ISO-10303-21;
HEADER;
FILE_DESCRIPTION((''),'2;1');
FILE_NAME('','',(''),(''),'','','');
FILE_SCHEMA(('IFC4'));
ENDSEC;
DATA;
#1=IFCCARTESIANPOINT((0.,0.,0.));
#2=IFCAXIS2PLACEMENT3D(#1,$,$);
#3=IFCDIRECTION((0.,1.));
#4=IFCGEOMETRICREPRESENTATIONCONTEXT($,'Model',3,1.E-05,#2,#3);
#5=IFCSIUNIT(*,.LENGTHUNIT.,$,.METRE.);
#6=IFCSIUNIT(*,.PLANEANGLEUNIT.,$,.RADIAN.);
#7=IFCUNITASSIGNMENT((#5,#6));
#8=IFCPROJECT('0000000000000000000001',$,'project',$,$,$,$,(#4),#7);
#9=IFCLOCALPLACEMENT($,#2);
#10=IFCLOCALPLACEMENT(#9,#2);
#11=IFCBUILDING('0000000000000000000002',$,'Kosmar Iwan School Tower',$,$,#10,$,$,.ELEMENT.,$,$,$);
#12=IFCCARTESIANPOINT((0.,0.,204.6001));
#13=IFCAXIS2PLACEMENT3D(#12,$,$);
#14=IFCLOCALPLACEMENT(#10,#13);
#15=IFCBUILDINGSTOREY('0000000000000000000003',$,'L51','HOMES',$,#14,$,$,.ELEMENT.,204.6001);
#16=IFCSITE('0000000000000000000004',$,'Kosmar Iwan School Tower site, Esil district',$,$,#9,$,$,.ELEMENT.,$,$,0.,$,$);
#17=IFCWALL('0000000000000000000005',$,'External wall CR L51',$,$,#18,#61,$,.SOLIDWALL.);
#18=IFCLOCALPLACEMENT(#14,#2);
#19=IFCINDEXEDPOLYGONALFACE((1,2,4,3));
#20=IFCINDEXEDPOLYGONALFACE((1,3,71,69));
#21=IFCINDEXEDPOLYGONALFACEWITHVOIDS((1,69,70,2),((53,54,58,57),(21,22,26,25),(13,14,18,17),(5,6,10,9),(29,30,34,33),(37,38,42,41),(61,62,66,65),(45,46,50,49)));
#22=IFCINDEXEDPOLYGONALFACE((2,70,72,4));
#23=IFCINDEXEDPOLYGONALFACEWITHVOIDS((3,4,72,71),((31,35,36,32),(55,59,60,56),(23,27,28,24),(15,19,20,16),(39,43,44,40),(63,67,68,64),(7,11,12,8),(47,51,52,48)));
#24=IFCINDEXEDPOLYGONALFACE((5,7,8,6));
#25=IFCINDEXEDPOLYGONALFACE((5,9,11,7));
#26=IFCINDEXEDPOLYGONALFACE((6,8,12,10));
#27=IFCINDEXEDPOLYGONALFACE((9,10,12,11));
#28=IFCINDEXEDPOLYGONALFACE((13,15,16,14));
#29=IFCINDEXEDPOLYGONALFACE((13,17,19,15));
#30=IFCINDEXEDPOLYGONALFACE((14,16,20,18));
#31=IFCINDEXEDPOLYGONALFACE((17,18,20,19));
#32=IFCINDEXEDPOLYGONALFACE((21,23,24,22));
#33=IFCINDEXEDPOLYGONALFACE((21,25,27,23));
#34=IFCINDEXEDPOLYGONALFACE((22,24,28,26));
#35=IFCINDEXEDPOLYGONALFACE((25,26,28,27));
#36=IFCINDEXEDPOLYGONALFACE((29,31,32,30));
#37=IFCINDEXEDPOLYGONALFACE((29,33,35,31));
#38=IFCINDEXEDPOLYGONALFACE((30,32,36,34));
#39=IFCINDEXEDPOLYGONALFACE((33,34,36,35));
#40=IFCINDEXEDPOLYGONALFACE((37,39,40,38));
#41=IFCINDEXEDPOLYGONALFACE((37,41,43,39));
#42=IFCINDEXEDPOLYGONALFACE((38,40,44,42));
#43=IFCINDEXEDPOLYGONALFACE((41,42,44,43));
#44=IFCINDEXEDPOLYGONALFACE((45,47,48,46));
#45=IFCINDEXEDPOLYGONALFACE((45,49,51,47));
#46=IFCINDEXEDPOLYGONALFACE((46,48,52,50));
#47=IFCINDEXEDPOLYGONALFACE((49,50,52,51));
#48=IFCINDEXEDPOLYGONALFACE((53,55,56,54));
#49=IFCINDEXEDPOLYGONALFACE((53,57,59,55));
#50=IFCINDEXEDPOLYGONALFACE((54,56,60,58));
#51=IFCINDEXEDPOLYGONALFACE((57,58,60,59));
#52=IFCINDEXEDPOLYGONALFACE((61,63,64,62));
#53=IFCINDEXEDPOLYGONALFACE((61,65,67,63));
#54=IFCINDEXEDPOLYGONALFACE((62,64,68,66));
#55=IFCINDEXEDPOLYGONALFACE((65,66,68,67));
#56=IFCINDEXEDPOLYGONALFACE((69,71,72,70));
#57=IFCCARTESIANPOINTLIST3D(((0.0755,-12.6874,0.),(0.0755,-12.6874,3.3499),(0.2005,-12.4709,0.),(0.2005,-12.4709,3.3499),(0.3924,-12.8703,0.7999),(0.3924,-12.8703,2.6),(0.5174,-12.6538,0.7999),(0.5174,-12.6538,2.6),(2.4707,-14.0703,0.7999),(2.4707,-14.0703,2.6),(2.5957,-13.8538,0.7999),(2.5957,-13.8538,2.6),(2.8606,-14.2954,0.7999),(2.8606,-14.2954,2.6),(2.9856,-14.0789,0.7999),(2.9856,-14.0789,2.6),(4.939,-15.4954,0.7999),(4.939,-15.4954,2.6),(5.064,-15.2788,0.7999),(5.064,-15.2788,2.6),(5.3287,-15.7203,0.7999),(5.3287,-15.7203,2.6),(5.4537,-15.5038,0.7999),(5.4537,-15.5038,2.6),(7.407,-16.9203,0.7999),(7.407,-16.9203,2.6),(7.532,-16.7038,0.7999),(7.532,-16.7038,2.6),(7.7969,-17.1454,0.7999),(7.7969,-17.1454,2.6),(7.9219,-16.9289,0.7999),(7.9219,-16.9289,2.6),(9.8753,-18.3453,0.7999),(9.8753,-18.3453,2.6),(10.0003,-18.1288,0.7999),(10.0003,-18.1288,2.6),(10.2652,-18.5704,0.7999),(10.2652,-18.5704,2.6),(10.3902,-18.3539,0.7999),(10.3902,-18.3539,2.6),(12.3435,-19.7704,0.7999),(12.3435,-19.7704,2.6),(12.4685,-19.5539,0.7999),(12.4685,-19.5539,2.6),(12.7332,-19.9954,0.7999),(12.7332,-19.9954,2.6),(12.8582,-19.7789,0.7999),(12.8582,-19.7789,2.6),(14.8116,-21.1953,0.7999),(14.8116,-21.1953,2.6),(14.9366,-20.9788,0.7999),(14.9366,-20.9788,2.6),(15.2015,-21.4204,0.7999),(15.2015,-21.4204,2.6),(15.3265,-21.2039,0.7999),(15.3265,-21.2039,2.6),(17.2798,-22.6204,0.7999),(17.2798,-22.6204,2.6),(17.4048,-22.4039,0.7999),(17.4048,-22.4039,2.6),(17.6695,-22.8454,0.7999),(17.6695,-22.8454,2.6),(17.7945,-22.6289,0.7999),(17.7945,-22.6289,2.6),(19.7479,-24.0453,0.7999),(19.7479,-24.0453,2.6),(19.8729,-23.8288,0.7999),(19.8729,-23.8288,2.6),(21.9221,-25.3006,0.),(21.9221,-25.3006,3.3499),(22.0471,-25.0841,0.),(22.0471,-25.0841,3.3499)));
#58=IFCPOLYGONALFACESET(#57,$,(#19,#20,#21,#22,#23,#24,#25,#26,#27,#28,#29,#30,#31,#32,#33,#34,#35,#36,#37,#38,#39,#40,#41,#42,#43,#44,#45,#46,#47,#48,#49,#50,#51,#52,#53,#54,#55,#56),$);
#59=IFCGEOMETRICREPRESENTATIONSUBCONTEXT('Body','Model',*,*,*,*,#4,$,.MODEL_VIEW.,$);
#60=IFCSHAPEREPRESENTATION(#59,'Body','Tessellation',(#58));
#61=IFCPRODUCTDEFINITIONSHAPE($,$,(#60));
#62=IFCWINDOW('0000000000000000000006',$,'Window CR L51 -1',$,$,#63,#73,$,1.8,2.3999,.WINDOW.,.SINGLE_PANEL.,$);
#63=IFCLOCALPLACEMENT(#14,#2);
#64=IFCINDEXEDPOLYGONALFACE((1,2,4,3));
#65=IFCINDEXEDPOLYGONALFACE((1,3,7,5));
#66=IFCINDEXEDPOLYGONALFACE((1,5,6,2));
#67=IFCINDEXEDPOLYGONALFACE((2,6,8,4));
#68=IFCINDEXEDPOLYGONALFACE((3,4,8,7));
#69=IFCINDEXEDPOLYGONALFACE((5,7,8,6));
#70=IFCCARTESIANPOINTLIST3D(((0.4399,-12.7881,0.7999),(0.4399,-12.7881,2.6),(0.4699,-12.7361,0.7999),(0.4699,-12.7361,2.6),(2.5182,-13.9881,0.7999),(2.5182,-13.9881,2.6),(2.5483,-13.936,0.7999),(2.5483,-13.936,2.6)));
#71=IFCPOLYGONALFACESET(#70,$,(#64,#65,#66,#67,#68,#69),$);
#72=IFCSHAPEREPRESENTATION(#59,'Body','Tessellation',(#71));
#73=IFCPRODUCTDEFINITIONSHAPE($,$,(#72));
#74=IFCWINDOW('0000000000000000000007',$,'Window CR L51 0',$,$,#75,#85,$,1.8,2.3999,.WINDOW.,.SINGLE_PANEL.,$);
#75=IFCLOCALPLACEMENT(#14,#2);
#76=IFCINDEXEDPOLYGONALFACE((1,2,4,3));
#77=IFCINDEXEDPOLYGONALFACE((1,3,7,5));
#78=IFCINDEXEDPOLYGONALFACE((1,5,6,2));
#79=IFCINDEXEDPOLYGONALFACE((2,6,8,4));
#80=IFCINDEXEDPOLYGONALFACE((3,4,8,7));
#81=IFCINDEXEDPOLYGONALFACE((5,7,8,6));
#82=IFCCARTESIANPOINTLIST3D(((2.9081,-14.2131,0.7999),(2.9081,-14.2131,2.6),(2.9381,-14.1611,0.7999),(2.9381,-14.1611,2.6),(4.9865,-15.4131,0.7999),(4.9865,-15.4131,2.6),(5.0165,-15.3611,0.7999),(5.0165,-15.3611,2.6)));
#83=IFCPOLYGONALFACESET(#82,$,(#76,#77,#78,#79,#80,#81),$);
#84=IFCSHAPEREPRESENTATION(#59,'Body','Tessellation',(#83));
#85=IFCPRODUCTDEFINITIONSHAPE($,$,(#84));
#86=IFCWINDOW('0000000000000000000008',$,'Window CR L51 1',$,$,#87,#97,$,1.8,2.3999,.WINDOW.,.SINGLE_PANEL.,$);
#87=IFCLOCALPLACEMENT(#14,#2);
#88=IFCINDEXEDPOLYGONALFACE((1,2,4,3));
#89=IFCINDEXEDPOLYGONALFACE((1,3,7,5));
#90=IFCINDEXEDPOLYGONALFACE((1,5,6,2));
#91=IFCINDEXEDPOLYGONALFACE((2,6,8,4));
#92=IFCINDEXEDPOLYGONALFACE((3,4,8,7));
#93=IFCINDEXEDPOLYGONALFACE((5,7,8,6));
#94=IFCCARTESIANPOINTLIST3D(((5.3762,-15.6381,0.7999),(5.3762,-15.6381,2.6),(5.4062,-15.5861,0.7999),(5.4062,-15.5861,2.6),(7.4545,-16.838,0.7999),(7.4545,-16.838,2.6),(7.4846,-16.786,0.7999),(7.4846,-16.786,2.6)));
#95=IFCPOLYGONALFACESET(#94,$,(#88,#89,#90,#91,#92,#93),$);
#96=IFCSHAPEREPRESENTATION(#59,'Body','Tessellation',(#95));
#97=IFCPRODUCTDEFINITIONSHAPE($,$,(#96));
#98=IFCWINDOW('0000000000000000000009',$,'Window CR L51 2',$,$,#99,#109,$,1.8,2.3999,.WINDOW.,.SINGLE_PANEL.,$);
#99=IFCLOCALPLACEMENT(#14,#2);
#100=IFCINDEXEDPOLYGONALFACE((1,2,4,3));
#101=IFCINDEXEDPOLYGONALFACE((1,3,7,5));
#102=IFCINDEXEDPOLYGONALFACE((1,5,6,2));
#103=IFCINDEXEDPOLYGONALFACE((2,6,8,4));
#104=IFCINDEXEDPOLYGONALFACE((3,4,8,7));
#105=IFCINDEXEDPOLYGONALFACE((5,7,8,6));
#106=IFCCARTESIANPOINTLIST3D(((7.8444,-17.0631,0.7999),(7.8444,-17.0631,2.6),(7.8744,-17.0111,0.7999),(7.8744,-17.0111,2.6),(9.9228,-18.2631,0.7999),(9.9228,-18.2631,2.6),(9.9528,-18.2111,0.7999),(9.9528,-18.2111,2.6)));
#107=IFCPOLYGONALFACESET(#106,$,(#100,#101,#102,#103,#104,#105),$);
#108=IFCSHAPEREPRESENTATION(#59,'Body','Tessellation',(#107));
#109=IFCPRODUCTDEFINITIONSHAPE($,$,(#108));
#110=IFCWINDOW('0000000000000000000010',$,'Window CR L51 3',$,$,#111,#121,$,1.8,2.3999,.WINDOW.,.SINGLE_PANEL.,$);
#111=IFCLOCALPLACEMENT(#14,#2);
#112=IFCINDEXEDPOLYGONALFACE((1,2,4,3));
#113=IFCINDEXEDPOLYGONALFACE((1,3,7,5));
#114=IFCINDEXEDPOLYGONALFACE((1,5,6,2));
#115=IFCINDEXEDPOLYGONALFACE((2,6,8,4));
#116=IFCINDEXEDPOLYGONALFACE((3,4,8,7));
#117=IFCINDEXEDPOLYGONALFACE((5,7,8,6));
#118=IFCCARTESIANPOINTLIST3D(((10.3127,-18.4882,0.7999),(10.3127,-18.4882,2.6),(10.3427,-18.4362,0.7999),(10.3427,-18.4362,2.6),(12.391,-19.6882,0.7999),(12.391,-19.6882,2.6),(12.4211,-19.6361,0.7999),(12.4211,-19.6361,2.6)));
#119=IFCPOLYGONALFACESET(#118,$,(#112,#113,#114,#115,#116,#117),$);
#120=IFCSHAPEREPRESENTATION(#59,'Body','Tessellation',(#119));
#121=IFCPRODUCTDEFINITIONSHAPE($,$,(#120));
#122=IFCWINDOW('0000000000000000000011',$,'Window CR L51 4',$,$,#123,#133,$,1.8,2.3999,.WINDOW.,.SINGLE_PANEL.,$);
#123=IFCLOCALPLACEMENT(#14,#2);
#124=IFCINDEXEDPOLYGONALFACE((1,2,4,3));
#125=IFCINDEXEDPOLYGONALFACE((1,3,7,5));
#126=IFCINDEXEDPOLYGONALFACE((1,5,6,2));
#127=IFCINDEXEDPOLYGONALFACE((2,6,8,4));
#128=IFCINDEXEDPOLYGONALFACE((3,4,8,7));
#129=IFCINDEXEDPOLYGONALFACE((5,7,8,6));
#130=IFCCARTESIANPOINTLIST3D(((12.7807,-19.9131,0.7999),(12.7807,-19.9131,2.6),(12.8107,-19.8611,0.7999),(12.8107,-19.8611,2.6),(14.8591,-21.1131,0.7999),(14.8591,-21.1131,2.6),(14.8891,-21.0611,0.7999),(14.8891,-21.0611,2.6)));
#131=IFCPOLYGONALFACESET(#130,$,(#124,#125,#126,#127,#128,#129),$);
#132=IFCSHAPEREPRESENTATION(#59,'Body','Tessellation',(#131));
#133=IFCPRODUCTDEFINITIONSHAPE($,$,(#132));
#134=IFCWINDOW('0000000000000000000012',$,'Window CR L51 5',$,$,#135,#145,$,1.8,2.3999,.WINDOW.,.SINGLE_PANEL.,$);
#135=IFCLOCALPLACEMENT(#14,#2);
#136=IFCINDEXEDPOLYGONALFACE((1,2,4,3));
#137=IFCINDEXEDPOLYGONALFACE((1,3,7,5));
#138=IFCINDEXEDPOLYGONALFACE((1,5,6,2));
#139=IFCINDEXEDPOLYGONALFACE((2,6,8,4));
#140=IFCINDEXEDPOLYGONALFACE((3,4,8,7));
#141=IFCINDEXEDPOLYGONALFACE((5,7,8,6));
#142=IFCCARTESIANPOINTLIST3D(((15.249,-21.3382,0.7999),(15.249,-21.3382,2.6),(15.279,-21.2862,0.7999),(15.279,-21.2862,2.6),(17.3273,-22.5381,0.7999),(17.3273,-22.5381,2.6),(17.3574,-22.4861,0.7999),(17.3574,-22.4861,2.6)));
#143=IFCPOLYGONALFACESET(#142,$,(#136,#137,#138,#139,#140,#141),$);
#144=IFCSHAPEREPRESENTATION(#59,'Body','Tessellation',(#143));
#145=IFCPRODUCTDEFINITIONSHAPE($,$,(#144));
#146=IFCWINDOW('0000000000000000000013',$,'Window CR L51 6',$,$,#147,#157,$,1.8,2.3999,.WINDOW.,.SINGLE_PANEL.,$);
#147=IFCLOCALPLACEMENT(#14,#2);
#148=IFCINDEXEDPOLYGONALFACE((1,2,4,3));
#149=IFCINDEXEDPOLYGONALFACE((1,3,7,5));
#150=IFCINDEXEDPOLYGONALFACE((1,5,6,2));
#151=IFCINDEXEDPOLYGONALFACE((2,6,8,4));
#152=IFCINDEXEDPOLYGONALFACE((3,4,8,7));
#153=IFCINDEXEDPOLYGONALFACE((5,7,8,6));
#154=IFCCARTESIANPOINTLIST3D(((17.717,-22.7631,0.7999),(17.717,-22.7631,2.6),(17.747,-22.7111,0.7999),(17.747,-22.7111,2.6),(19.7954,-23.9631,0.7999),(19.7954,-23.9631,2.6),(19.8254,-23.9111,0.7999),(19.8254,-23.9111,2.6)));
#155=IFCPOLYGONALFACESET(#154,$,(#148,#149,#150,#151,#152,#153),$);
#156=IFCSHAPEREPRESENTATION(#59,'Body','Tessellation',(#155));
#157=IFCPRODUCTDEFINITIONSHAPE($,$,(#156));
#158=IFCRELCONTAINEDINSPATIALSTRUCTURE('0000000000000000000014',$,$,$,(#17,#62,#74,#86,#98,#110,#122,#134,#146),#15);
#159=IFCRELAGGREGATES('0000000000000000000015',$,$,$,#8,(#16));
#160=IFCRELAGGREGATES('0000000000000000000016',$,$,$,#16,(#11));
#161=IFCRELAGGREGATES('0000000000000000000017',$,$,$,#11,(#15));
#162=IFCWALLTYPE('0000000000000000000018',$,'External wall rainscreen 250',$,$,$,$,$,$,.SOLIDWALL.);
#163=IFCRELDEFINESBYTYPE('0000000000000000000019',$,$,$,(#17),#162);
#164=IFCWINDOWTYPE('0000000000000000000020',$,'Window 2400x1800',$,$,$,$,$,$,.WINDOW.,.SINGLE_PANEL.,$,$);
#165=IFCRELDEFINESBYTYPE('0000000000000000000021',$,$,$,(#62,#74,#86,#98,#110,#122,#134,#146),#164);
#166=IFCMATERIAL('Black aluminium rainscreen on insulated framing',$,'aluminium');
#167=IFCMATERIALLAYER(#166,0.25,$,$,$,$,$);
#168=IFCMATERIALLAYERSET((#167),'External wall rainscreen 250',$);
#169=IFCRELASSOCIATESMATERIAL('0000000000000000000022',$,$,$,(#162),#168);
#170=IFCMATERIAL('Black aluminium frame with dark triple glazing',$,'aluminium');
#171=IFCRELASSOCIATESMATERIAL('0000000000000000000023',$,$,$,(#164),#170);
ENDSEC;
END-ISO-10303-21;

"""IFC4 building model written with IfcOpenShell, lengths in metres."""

from ifc_helpers import new_model, si_unit, direction, frame, frame_2d, origin, place, context, subcontext, project, spatial, rectangle, extrude, material, layer, layer_set, type_object, element, fill, save


model = new_model("IFC4")

# Units and contexts
model_context = context("Model", 3, precision=1e-05, world=origin(), true_north=direction((0.0, 1.0)))
body_context = subcontext(model_context, "Body", "Model", "MODEL_VIEW")
ifc_project = project(units=[si_unit("LENGTHUNIT", "METRE"), si_unit("PLANEANGLEUNIT", "RADIAN")], contexts=[model_context])

# Site, building, storey
site_placement = place(None, origin())
site = spatial("IfcSite", under=ifc_project, at=site_placement, Name="Kosmar Iwan School Tower site, Esil district", CompositionType="ELEMENT", RefElevation=0.0)
building_placement = place(site_placement, origin())
building = spatial("IfcBuilding", under=site, at=building_placement, Name="Kosmar Iwan School Tower", CompositionType="ELEMENT")
storey_placement = place(building_placement, frame((0.0, 0.0, 204.6001)))
storey = spatial("IfcBuildingStorey", under=building, at=storey_placement, Name="L51", Description="HOMES", CompositionType="ELEMENT", Elevation=204.6001)

# Wall, openings, windows
ifc_material_1 = material(Name="Black aluminium rainscreen on insulated framing", Category="aluminium")
ifc_layer_1 = layer(ifc_material_1, 0.25)
ifc_layer_set_1 = layer_set([ifc_layer_1], Name="External wall rainscreen 250")
wall_type_1 = type_object("IfcWallType", Name="External wall rainscreen 250", PredefinedType="SOLIDWALL", material=ifc_layer_set_1)
ifc_material_2 = material(Name="Black aluminium frame with dark triple glazing", Category="aluminium")
window_type = type_object("IfcWindowType", Name="Window 2400x1800", PartitioningType="SINGLE_PANEL", PredefinedType="WINDOW", material=ifc_material_2)
wall_1_placement = place(storey_placement, frame((0.1379, -12.5791, 0.0), z_axis=(0.0, 0.0, 1.0), x_axis=(0.866024, -0.500003, 0.0)))
wall_1 = element("IfcWall", 1, at=wall_1_placement, inside=storey, type_object=wall_type_1, Name="External wall CR L51", PredefinedType="SOLIDWALL", context=body_context, shape_type="SweptSolid", body=[
    extrude(rectangle(XDim=25.2263, YDim=0.25, at=frame_2d((12.6133, 0.0))), origin(), (0.0, 0.0, 1.0), 3.3499),
])
opening_1_placement = place(wall_1_placement, frame((0.366, 0.0, 0.8)))
opening_1 = element("IfcOpeningElement", 2, at=opening_1_placement, cuts=wall_1, PredefinedType="OPENING", context=body_context, shape_type="SweptSolid", body=[
    extrude(rectangle(XDim=2.3999, YDim=1.8, at=frame_2d((1.2, 0.8999))), frame((0.0, 0.137, 0.0), z_axis=(0.0, -1.0, 0.0), x_axis=(1.0, 0.0, 0.0)), (0.0, 0.0, 1.0), 0.2739),
])
opening_2_placement = place(wall_1_placement, frame((3.2161, 0.0, 0.8)))
opening_2 = element("IfcOpeningElement", 3, at=opening_2_placement, cuts=wall_1, PredefinedType="OPENING", context=body_context, shape_type="SweptSolid", body=[
    extrude(rectangle(XDim=2.3999, YDim=1.8, at=frame_2d((1.2, 0.8999))), frame((0.0, 0.137, 0.0), z_axis=(0.0, -1.0, 0.0), x_axis=(1.0, 0.0, 0.0)), (0.0, 0.0, 1.0), 0.2739),
])
opening_3_placement = place(wall_1_placement, frame((6.0659, 0.0, 0.8)))
opening_3 = element("IfcOpeningElement", 4, at=opening_3_placement, cuts=wall_1, PredefinedType="OPENING", context=body_context, shape_type="SweptSolid", body=[
    extrude(rectangle(XDim=2.3999, YDim=1.8, at=frame_2d((1.2, 0.8999))), frame((0.0, 0.137, 0.0), z_axis=(0.0, -1.0, 0.0), x_axis=(1.0, 0.0, 0.0)), (0.0, 0.0, 1.0), 0.2739),
])
opening_4_placement = place(wall_1_placement, frame((8.916, 0.0, 0.8)))
opening_4 = element("IfcOpeningElement", 5, at=opening_4_placement, cuts=wall_1, PredefinedType="OPENING", context=body_context, shape_type="SweptSolid", body=[
    extrude(rectangle(XDim=2.3999, YDim=1.8, at=frame_2d((1.2, 0.8999))), frame((0.0, 0.137, 0.0), z_axis=(0.0, -1.0, 0.0), x_axis=(1.0, 0.0, 0.0)), (0.0, 0.0, 1.0), 0.2739),
])
opening_5_placement = place(wall_1_placement, frame((11.7661, 0.0, 0.8)))
opening_5 = element("IfcOpeningElement", 6, at=opening_5_placement, cuts=wall_1, PredefinedType="OPENING", context=body_context, shape_type="SweptSolid", body=[
    extrude(rectangle(XDim=2.3999, YDim=1.8, at=frame_2d((1.2, 0.8999))), frame((0.0, 0.137, 0.0), z_axis=(0.0, -1.0, 0.0), x_axis=(1.0, 0.0, 0.0)), (0.0, 0.0, 1.0), 0.2739),
])
opening_6_placement = place(wall_1_placement, frame((14.616, 0.0, 0.8)))
opening_6 = element("IfcOpeningElement", 7, at=opening_6_placement, cuts=wall_1, PredefinedType="OPENING", context=body_context, shape_type="SweptSolid", body=[
    extrude(rectangle(XDim=2.3999, YDim=1.8, at=frame_2d((1.2, 0.8999))), frame((0.0, 0.137, 0.0), z_axis=(0.0, -1.0, 0.0), x_axis=(1.0, 0.0, 0.0)), (0.0, 0.0, 1.0), 0.2739),
])
opening_7_placement = place(wall_1_placement, frame((17.4661, 0.0, 0.8)))
opening_7 = element("IfcOpeningElement", 8, at=opening_7_placement, cuts=wall_1, PredefinedType="OPENING", context=body_context, shape_type="SweptSolid", body=[
    extrude(rectangle(XDim=2.3999, YDim=1.8, at=frame_2d((1.2, 0.8999))), frame((0.0, 0.137, 0.0), z_axis=(0.0, -1.0, 0.0), x_axis=(1.0, 0.0, 0.0)), (0.0, 0.0, 1.0), 0.2739),
])
opening_8_placement = place(wall_1_placement, frame((20.3159, 0.0, 0.8)))
opening_8 = element("IfcOpeningElement", 9, at=opening_8_placement, cuts=wall_1, PredefinedType="OPENING", context=body_context, shape_type="SweptSolid", body=[
    extrude(rectangle(XDim=2.3999, YDim=1.8, at=frame_2d((1.2, 0.8999))), frame((0.0, 0.137, 0.0), z_axis=(0.0, -1.0, 0.0), x_axis=(1.0, 0.0, 0.0)), (0.0, 0.0, 1.0), 0.2739),
])
window_1_placement = place(opening_1_placement, origin())
window_1 = element("IfcWindow", 10, at=window_1_placement, inside=storey, type_object=window_type, Name="Window CR L51 -1", OverallHeight=1.8, OverallWidth=2.3999, PartitioningType="SINGLE_PANEL", PredefinedType="WINDOW", context=body_context, shape_type="SweptSolid", body=[
    extrude(rectangle(XDim=2.3999, YDim=1.8, at=frame_2d((1.2, 0.8999))), frame((0.0, 0.03, 0.0), z_axis=(0.0, -1.0, 0.0), x_axis=(1.0, 0.0, 0.0)), (0.0, 0.0, 1.0), 0.0601),
])
fill(opening_1, window_1)
window_2_placement = place(opening_2_placement, origin())
window_2 = element("IfcWindow", 11, at=window_2_placement, inside=storey, type_object=window_type, Name="Window CR L51 0", OverallHeight=1.8, OverallWidth=2.3999, PartitioningType="SINGLE_PANEL", PredefinedType="WINDOW", context=body_context, shape_type="SweptSolid", body=[
    extrude(rectangle(XDim=2.3999, YDim=1.8, at=frame_2d((1.2, 0.8999))), frame((0.0, 0.03, 0.0), z_axis=(0.0, -1.0, 0.0), x_axis=(1.0, 0.0, 0.0)), (0.0, 0.0, 1.0), 0.0601),
])
fill(opening_2, window_2)
window_3_placement = place(opening_3_placement, origin())
window_3 = element("IfcWindow", 12, at=window_3_placement, inside=storey, type_object=window_type, Name="Window CR L51 1", OverallHeight=1.8, OverallWidth=2.3999, PartitioningType="SINGLE_PANEL", PredefinedType="WINDOW", context=body_context, shape_type="SweptSolid", body=[
    extrude(rectangle(XDim=2.3999, YDim=1.8, at=frame_2d((1.2, 0.8999))), frame((0.0, 0.03, 0.0), z_axis=(0.0, -1.0, 0.0), x_axis=(1.0, 0.0, 0.0)), (0.0, 0.0, 1.0), 0.0601),
])
fill(opening_3, window_3)
window_4_placement = place(opening_4_placement, origin())
window_4 = element("IfcWindow", 13, at=window_4_placement, inside=storey, type_object=window_type, Name="Window CR L51 2", OverallHeight=1.8, OverallWidth=2.3999, PartitioningType="SINGLE_PANEL", PredefinedType="WINDOW", context=body_context, shape_type="SweptSolid", body=[
    extrude(rectangle(XDim=2.3999, YDim=1.8, at=frame_2d((1.2, 0.8999))), frame((0.0, 0.03, 0.0), z_axis=(0.0, -1.0, 0.0), x_axis=(1.0, 0.0, 0.0)), (0.0, 0.0, 1.0), 0.0601),
])
fill(opening_4, window_4)
window_5_placement = place(opening_5_placement, origin())
window_5 = element("IfcWindow", 14, at=window_5_placement, inside=storey, type_object=window_type, Name="Window CR L51 3", OverallHeight=1.8, OverallWidth=2.3999, PartitioningType="SINGLE_PANEL", PredefinedType="WINDOW", context=body_context, shape_type="SweptSolid", body=[
    extrude(rectangle(XDim=2.3999, YDim=1.8, at=frame_2d((1.2, 0.8999))), frame((0.0, 0.03, 0.0), z_axis=(0.0, -1.0, 0.0), x_axis=(1.0, 0.0, 0.0)), (0.0, 0.0, 1.0), 0.0601),
])
fill(opening_5, window_5)
window_6_placement = place(opening_6_placement, origin())
window_6 = element("IfcWindow", 15, at=window_6_placement, inside=storey, type_object=window_type, Name="Window CR L51 4", OverallHeight=1.8, OverallWidth=2.3999, PartitioningType="SINGLE_PANEL", PredefinedType="WINDOW", context=body_context, shape_type="SweptSolid", body=[
    extrude(rectangle(XDim=2.3999, YDim=1.8, at=frame_2d((1.2, 0.8999))), frame((0.0, 0.03, 0.0), z_axis=(0.0, -1.0, 0.0), x_axis=(1.0, 0.0, 0.0)), (0.0, 0.0, 1.0), 0.0601),
])
fill(opening_6, window_6)
window_7_placement = place(opening_7_placement, origin())
window_7 = element("IfcWindow", 16, at=window_7_placement, inside=storey, type_object=window_type, Name="Window CR L51 5", OverallHeight=1.8, OverallWidth=2.3999, PartitioningType="SINGLE_PANEL", PredefinedType="WINDOW", context=body_context, shape_type="SweptSolid", body=[
    extrude(rectangle(XDim=2.3999, YDim=1.8, at=frame_2d((1.2, 0.8999))), frame((0.0, 0.03, 0.0), z_axis=(0.0, -1.0, 0.0), x_axis=(1.0, 0.0, 0.0)), (0.0, 0.0, 1.0), 0.0601),
])
fill(opening_7, window_7)
window_8_placement = place(opening_8_placement, origin())
window_8 = element("IfcWindow", 17, at=window_8_placement, inside=storey, type_object=window_type, Name="Window CR L51 6", OverallHeight=1.8, OverallWidth=2.3999, PartitioningType="SINGLE_PANEL", PredefinedType="WINDOW", context=body_context, shape_type="SweptSolid", body=[
    extrude(rectangle(XDim=2.3999, YDim=1.8, at=frame_2d((1.2, 0.8999))), frame((0.0, 0.03, 0.0), z_axis=(0.0, -1.0, 0.0), x_axis=(1.0, 0.0, 0.0)), (0.0, 0.0, 1.0), 0.0601),
])
fill(opening_8, window_8)

save(model, "model.ifc")
